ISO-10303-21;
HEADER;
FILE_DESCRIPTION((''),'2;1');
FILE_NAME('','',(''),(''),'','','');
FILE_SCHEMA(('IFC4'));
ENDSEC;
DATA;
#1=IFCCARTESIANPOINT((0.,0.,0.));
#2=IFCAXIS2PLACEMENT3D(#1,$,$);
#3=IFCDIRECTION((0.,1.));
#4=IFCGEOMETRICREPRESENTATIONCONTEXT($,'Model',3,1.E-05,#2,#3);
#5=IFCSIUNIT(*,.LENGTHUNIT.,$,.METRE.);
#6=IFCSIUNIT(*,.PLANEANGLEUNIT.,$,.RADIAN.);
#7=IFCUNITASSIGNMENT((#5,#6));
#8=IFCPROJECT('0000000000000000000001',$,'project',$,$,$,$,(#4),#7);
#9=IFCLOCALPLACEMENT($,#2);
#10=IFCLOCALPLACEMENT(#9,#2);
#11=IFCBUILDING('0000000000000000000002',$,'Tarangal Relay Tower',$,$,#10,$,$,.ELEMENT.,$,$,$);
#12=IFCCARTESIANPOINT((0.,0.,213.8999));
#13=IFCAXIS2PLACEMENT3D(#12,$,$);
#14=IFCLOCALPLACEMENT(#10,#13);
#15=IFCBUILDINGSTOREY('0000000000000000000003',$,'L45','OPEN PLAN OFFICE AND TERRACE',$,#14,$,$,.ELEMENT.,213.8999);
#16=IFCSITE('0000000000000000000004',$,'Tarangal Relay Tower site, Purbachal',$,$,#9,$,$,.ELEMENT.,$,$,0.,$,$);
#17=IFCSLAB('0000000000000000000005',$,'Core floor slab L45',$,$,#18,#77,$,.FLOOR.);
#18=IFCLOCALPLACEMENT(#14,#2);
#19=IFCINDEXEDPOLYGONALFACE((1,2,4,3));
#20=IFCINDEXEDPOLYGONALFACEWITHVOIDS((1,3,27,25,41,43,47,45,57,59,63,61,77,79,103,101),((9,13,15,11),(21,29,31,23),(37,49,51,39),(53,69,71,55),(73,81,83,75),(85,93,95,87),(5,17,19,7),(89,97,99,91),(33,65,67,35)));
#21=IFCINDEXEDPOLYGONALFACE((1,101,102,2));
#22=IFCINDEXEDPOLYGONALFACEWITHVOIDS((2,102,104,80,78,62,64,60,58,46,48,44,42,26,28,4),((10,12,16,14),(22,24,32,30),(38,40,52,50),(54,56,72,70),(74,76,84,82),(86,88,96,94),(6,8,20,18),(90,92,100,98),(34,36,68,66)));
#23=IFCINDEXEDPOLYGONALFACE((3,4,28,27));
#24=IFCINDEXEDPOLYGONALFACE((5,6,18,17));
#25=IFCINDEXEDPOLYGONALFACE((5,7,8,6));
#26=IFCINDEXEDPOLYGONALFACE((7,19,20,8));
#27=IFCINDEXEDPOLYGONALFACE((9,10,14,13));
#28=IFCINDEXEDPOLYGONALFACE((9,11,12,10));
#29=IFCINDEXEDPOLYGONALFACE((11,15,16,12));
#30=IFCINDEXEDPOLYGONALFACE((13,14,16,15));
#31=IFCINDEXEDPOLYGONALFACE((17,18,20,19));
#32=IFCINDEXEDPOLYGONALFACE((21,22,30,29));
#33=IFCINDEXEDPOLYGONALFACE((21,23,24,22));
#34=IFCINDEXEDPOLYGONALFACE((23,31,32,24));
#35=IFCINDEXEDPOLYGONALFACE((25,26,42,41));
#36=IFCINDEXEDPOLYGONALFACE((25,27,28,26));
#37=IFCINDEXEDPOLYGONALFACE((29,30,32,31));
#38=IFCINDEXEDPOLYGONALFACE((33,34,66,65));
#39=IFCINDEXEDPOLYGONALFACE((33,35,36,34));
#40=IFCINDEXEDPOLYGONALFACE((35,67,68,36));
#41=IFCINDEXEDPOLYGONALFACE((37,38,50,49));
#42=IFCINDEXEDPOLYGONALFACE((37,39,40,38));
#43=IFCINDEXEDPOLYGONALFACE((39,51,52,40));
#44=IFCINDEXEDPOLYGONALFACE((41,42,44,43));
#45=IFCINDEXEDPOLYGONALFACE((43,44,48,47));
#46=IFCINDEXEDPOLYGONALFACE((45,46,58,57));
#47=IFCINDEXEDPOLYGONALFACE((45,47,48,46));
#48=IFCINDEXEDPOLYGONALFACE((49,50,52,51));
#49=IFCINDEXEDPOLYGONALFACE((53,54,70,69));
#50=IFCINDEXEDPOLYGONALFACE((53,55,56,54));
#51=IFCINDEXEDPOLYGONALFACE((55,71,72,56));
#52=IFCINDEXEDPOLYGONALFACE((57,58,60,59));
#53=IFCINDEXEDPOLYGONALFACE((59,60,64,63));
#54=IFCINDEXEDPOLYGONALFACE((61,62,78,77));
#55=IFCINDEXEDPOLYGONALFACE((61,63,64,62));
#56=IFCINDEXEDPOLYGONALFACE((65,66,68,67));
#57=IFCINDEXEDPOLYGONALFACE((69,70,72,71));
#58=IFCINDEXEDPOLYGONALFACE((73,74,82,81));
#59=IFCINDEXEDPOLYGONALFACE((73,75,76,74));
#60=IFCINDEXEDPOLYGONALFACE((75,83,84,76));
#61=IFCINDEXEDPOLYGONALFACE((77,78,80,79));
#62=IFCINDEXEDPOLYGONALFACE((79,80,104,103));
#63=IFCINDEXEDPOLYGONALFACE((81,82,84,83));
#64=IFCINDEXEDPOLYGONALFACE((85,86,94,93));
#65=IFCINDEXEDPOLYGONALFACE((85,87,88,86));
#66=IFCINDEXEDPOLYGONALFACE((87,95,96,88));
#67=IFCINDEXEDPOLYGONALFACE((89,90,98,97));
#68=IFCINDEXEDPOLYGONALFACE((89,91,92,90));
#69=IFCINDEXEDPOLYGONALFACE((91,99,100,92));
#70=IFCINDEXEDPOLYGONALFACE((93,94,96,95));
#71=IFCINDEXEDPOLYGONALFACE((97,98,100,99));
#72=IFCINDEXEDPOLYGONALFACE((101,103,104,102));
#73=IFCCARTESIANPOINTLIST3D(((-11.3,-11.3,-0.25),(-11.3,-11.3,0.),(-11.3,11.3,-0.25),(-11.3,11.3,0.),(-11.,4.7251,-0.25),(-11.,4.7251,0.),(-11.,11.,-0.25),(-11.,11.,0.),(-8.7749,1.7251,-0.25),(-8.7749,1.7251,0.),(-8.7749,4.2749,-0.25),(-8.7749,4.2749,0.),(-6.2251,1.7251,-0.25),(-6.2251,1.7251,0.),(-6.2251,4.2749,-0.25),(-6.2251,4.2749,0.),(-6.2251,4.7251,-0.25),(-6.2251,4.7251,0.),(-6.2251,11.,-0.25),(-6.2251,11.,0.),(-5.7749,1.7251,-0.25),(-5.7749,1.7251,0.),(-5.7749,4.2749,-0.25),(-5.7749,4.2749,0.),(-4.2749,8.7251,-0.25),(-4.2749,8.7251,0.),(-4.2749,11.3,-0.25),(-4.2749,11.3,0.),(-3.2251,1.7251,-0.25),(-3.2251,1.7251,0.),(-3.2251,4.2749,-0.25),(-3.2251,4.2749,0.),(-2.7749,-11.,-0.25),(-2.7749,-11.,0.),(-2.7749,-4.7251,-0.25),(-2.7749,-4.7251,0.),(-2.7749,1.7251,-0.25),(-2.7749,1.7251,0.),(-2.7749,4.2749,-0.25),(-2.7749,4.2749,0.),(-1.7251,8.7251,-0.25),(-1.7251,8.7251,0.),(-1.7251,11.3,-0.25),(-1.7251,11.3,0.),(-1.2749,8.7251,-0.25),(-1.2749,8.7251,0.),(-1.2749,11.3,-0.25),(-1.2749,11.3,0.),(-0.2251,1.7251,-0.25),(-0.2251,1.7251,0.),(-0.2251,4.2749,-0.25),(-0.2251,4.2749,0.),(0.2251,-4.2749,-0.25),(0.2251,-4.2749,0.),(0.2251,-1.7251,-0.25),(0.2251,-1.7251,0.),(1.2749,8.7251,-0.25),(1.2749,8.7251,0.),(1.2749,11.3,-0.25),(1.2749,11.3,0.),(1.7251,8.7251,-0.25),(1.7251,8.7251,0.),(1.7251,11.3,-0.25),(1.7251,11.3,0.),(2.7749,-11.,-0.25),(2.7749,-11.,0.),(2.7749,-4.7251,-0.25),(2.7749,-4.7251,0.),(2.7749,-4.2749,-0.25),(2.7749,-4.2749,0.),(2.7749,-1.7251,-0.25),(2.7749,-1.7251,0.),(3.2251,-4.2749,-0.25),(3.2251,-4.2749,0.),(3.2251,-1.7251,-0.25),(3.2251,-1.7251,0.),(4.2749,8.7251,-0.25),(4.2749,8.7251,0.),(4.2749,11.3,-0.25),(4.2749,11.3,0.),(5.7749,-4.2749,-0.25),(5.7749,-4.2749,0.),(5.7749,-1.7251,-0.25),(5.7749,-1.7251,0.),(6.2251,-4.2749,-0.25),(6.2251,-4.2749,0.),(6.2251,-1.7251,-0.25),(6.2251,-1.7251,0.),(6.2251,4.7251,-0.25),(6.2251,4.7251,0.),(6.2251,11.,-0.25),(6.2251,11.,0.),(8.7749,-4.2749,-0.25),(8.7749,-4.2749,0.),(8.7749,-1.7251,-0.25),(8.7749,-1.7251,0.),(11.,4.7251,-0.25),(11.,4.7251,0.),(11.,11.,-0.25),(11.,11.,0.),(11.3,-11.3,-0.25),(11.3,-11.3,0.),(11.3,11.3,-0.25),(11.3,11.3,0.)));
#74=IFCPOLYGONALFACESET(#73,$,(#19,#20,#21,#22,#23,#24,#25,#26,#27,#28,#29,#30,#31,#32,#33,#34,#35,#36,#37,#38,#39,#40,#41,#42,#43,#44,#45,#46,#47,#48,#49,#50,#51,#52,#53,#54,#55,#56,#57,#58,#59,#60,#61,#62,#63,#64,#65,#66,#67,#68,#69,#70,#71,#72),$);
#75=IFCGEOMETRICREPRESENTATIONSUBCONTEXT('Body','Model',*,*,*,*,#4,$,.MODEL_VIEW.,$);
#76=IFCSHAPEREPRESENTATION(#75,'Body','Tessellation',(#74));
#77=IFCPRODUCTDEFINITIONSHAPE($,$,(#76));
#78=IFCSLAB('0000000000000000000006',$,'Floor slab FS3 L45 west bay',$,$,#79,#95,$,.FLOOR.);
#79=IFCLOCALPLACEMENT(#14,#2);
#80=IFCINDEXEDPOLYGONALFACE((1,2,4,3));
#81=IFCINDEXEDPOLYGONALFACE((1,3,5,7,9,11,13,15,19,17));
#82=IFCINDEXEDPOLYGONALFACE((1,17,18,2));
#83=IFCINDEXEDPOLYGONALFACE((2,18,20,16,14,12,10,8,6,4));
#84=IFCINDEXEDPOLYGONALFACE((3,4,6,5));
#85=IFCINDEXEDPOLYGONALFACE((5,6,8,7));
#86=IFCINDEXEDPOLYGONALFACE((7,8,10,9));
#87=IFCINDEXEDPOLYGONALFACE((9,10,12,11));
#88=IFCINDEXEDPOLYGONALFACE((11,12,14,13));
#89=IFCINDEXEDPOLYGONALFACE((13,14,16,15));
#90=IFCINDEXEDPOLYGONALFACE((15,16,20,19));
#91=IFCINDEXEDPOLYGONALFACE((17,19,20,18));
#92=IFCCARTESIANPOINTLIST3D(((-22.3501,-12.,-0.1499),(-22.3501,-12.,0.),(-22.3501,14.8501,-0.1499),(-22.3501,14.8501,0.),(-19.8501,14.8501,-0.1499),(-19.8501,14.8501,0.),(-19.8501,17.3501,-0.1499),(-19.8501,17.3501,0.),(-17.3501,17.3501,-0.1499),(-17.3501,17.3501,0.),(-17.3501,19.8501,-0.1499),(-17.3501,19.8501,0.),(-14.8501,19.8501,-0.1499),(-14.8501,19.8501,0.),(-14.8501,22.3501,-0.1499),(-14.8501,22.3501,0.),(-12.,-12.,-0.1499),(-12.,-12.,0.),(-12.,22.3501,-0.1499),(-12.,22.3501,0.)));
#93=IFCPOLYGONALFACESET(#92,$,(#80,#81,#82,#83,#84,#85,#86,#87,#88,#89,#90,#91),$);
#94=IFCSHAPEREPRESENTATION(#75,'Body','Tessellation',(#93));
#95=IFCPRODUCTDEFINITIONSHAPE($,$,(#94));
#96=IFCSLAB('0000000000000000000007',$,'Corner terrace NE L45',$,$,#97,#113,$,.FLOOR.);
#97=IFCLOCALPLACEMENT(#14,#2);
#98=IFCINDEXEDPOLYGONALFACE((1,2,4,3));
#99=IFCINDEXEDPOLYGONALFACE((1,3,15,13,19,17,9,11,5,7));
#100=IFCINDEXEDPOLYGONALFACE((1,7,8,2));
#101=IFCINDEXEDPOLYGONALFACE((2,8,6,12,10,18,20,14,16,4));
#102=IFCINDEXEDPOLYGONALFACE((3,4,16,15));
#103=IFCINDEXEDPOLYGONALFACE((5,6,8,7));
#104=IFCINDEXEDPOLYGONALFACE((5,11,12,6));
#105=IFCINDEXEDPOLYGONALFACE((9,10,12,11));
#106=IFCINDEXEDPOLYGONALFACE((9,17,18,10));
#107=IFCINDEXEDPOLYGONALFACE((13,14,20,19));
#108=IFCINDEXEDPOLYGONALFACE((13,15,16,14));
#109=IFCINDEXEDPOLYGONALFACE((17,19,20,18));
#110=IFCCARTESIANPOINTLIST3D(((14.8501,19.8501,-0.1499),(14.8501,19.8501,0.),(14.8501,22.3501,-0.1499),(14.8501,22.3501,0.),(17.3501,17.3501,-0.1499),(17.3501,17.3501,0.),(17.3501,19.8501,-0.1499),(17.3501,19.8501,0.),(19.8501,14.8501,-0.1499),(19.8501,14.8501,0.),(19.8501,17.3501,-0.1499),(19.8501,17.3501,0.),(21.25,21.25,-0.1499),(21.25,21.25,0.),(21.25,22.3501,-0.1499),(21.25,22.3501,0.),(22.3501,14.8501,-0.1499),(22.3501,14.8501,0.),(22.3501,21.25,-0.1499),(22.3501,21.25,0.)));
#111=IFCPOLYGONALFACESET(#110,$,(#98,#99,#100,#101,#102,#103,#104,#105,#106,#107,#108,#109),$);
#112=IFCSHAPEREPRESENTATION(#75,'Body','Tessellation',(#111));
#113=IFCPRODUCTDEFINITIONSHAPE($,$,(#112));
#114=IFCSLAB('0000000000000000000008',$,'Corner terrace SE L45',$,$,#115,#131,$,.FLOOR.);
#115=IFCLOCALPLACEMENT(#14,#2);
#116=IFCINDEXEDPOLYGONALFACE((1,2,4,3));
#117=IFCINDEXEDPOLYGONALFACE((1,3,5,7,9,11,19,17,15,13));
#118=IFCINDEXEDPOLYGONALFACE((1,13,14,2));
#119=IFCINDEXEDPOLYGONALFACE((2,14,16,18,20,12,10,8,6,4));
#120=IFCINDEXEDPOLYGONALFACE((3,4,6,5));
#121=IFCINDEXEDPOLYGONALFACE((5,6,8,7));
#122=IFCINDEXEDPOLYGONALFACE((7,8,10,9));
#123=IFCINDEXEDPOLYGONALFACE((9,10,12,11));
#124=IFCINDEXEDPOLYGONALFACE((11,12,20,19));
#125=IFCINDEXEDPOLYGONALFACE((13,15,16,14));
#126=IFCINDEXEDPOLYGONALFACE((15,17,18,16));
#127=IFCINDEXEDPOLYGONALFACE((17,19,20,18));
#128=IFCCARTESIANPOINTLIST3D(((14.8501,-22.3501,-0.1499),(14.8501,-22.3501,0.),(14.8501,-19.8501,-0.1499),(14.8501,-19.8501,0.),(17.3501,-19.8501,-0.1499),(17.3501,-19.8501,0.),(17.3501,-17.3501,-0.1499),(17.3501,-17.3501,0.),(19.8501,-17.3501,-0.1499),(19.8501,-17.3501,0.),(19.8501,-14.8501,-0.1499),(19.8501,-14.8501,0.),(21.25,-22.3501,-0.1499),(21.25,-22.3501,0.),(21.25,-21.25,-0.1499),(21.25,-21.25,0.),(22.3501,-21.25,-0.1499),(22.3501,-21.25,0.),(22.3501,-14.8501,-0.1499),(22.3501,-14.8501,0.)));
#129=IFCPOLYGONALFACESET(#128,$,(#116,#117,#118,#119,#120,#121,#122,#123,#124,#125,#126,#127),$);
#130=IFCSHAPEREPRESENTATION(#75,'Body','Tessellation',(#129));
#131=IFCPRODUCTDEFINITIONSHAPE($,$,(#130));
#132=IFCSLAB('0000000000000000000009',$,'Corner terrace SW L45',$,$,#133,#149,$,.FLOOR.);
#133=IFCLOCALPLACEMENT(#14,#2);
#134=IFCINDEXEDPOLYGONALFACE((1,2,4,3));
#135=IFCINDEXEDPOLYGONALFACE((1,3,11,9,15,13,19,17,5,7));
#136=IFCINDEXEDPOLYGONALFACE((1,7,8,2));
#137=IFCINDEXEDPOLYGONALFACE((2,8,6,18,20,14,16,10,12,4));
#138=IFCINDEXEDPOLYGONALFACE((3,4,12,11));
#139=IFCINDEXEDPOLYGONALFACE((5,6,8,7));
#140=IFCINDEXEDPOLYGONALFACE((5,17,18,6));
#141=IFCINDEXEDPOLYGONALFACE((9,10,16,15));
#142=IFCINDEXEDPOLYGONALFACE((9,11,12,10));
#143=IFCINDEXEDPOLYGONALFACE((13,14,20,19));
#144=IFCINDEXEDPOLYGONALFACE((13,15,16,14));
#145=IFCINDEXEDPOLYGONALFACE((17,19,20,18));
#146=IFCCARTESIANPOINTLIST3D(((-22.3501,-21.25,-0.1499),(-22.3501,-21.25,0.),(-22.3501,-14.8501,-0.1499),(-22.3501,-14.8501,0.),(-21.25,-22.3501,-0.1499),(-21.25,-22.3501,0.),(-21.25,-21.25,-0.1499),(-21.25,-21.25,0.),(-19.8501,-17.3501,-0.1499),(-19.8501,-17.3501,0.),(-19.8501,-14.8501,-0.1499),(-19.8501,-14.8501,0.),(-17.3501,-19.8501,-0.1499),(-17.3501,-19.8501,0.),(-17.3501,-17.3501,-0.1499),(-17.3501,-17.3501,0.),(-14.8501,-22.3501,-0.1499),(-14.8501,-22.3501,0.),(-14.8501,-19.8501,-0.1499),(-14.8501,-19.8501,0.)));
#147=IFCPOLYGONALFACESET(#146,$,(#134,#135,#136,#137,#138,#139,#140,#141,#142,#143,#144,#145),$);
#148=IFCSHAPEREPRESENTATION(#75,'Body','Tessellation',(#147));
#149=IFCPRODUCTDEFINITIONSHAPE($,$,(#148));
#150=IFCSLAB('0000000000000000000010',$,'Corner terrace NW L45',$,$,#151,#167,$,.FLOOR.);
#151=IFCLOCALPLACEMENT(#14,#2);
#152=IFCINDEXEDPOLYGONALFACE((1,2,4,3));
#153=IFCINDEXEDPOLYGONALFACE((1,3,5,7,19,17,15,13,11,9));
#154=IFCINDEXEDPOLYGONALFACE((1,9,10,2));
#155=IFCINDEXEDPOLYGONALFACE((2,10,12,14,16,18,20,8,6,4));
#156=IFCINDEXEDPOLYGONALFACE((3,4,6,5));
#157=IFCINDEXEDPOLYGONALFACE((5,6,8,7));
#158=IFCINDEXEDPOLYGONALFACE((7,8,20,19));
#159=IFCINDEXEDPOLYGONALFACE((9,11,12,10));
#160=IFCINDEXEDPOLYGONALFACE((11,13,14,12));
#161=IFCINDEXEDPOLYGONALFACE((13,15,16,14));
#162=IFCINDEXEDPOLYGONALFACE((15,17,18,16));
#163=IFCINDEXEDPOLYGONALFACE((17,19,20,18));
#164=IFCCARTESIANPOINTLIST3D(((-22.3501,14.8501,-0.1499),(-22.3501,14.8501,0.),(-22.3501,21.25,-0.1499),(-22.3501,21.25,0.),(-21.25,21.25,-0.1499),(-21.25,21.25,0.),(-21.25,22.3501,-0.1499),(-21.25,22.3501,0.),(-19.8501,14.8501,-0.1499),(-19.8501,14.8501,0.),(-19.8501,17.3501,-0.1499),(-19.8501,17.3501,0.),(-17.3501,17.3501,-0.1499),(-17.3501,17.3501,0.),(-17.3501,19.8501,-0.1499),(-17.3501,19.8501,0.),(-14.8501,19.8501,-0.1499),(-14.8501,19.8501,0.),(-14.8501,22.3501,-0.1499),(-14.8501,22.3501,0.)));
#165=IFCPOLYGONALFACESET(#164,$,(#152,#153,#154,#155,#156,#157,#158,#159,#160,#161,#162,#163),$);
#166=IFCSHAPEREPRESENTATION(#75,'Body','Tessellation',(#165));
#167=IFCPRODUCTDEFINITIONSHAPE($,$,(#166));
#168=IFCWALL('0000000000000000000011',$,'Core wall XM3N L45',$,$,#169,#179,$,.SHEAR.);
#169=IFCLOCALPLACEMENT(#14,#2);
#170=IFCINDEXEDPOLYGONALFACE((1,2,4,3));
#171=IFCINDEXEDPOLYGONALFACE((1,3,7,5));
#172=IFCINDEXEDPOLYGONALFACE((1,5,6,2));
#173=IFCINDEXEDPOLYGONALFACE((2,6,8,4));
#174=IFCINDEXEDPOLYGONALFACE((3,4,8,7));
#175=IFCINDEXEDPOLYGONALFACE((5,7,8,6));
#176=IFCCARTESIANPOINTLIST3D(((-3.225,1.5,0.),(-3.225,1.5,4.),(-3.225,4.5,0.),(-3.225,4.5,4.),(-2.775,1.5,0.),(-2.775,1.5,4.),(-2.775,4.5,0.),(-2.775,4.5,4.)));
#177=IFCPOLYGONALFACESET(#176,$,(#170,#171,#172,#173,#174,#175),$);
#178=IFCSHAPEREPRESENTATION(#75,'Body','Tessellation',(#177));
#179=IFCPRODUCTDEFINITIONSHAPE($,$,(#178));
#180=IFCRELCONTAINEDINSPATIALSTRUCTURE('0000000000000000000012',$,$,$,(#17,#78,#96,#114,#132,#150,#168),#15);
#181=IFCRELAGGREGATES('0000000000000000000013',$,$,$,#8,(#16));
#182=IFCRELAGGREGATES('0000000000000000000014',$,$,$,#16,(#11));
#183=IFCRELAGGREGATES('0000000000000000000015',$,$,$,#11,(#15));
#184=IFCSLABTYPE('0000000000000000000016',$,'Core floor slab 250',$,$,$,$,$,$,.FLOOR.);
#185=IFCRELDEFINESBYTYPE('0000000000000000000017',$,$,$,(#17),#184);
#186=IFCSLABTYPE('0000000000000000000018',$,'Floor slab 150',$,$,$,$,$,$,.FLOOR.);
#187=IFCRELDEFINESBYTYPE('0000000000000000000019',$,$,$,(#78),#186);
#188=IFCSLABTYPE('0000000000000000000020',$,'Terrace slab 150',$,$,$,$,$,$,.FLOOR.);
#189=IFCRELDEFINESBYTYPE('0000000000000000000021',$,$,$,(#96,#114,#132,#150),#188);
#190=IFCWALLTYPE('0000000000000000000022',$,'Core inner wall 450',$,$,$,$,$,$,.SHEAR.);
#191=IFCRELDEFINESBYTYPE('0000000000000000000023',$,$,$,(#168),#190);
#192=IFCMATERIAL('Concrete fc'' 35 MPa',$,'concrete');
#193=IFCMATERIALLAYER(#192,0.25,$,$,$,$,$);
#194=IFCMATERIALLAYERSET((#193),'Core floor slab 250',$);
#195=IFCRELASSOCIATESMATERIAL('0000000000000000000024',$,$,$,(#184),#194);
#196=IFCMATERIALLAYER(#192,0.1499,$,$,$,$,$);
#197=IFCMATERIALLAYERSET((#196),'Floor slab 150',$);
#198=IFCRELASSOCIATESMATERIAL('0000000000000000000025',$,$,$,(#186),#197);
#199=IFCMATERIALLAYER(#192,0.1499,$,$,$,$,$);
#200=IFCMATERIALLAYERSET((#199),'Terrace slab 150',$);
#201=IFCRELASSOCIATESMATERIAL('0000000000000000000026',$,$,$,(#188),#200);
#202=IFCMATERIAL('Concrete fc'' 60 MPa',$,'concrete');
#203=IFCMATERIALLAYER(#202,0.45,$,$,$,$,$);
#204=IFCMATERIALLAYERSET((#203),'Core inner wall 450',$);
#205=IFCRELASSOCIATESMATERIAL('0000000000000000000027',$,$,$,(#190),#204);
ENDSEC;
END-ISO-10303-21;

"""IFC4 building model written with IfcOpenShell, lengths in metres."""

from ifc_helpers import new_model, si_unit, direction, frame, frame_2d, origin, place, context, subcontext, project, spatial, polyline, rectangle, outline, extrude, material, layer, layer_set, type_object, element, save


model = new_model("IFC4")

# Units and contexts
model_context = context("Model", 3, precision=1e-05, world=origin(), true_north=direction((0.0, 1.0)))
body_context = subcontext(model_context, "Body", "Model", "MODEL_VIEW")
ifc_project = project(units=[si_unit("LENGTHUNIT", "METRE"), si_unit("PLANEANGLEUNIT", "RADIAN")], contexts=[model_context])

# Site, building, storey
site_placement = place(None, origin())
site = spatial("IfcSite", under=ifc_project, at=site_placement, Name="Tarangal Relay Tower site, Purbachal", CompositionType="ELEMENT", RefElevation=0.0)
building_placement = place(site_placement, origin())
building = spatial("IfcBuilding", under=site, at=building_placement, Name="Tarangal Relay Tower", CompositionType="ELEMENT")
storey_placement = place(building_placement, frame((0.0, 0.0, 213.8999)))
storey = spatial("IfcBuildingStorey", under=building, at=storey_placement, Name="L45", Description="OPEN PLAN OFFICE AND TERRACE", CompositionType="ELEMENT", Elevation=213.8999)

# Slabs
ifc_material_1 = material(Name="Concrete fc' 35 MPa", Category="concrete")
ifc_layer_1 = layer(ifc_material_1, 0.25)
ifc_layer_set_1 = layer_set([ifc_layer_1], Name="Core floor slab 250")
slab_type_1 = type_object("IfcSlabType", Name="Core floor slab 250", PredefinedType="FLOOR", material=ifc_layer_set_1)
slab_1_placement = place(storey_placement, frame((0.0, 0.0, -0.25)))
element("IfcSlab", 1, at=slab_1_placement, inside=storey, type_object=slab_type_1, Name="Core floor slab L45", PredefinedType="FLOOR", context=body_context, shape_type="SweptSolid", body=[
    extrude(outline(polyline([(11.3, 11.3), (11.3, -11.3), (-11.3, -11.3), (-11.3, 11.3), (-4.2749, 11.3), (-4.2749, 8.7251), (-1.7251, 8.7251), (-1.7251, 11.3), (-1.2749, 11.3), (-1.2749, 8.7251), (1.2749, 8.7251), (1.2749, 11.3), (1.7251, 11.3), (1.7251, 8.7251), (4.2749, 8.7251), (4.2749, 11.3), (11.3, 11.3)]), holes=[polyline([(-6.2251, 4.2749), (-8.7749, 4.2749), (-8.7749, 1.7251), (-6.2251, 1.7251), (-6.2251, 4.2749)]), polyline([(-3.2251, 1.7251), (-3.2251, 4.2749), (-5.7749, 4.2749), (-5.7749, 1.7251), (-3.2251, 1.7251)]), polyline([(-0.2251, 1.7251), (-0.2251, 4.2749), (-2.7749, 4.2749), (-2.7749, 1.7251), (-0.2251, 1.7251)]), polyline([(-6.2251, 11.0), (-11.0, 11.0), (-11.0, 4.7251), (-6.2251, 4.7251), (-6.2251, 11.0)]), polyline([(2.7749, -4.7251), (-2.7749, -4.7251), (-2.7749, -11.0), (2.7749, -11.0), (2.7749, -4.7251)]), polyline([(2.7749, -4.2749), (2.7749, -1.7251), (0.2251, -1.7251), (0.2251, -4.2749), (2.7749, -4.2749)]), polyline([(5.7749, -4.2749), (5.7749, -1.7251), (3.2251, -1.7251), (3.2251, -4.2749), (5.7749, -4.2749)]), polyline([(8.7749, -1.7251), (6.2251, -1.7251), (6.2251, -4.2749), (8.7749, -4.2749), (8.7749, -1.7251)]), polyline([(11.0, 4.7251), (11.0, 11.0), (6.2251, 11.0), (6.2251, 4.7251), (11.0, 4.7251)])]), origin(), (0.0, 0.0, 1.0), 0.25),
])
ifc_layer_2 = layer(ifc_material_1, 0.1499)
ifc_layer_set_2 = layer_set([ifc_layer_2], Name="Floor slab 150")
slab_type_2 = type_object("IfcSlabType", Name="Floor slab 150", PredefinedType="FLOOR", material=ifc_layer_set_2)
slab_2_placement = place(storey_placement, frame((0.0, 0.0, -0.1499)))
element("IfcSlab", 2, at=slab_2_placement, inside=storey, type_object=slab_type_2, Name="Floor slab FS3 L45 west bay", PredefinedType="FLOOR", context=body_context, shape_type="SweptSolid", body=[
    extrude(outline(polyline([(-12.0, 22.3501), (-12.0, -12.0), (-22.3501, -12.0), (-22.3501, 14.8501), (-19.8501, 14.8501), (-19.8501, 17.3501), (-17.3501, 17.3501), (-17.3501, 19.8501), (-14.8501, 19.8501), (-14.8501, 22.3501), (-12.0, 22.3501)])), origin(), (0.0, 0.0, 1.0), 0.1499),
])
ifc_layer_3 = layer(ifc_material_1, 0.1499)
ifc_layer_set_3 = layer_set([ifc_layer_3], Name="Terrace slab 150")
slab_type_3 = type_object("IfcSlabType", Name="Terrace slab 150", PredefinedType="FLOOR", material=ifc_layer_set_3)
slab_3_placement = place(storey_placement, frame((0.0, 0.0, -0.1499)))
element("IfcSlab", 3, at=slab_3_placement, inside=storey, type_object=slab_type_3, Name="Corner terrace NE L45", PredefinedType="FLOOR", context=body_context, shape_type="SweptSolid", body=[
    extrude(outline(polyline([(14.8501, 22.3501), (14.8501, 19.8501), (17.3501, 19.8501), (17.3501, 17.3501), (19.8501, 17.3501), (19.8501, 14.8501), (22.3501, 14.8501), (22.3501, 21.25), (21.25, 21.25), (21.25, 22.3501), (14.8501, 22.3501)])), origin(), (0.0, 0.0, 1.0), 0.1499),
])
slab_4_placement = place(storey_placement, frame((0.0, 0.0, -0.1499)))
element("IfcSlab", 4, at=slab_4_placement, inside=storey, type_object=slab_type_3, Name="Corner terrace SE L45", PredefinedType="FLOOR", context=body_context, shape_type="SweptSolid", body=[
    extrude(outline(polyline([(22.3501, -14.8501), (19.8501, -14.8501), (19.8501, -17.3501), (17.3501, -17.3501), (17.3501, -19.8501), (14.8501, -19.8501), (14.8501, -22.3501), (21.25, -22.3501), (21.25, -21.25), (22.3501, -21.25), (22.3501, -14.8501)])), origin(), (0.0, 0.0, 1.0), 0.1499),
])
slab_5_placement = place(storey_placement, frame((0.0, 0.0, -0.1499)))
element("IfcSlab", 5, at=slab_5_placement, inside=storey, type_object=slab_type_3, Name="Corner terrace SW L45", PredefinedType="FLOOR", context=body_context, shape_type="SweptSolid", body=[
    extrude(outline(polyline([(-14.8501, -22.3501), (-14.8501, -19.8501), (-17.3501, -19.8501), (-17.3501, -17.3501), (-19.8501, -17.3501), (-19.8501, -14.8501), (-22.3501, -14.8501), (-22.3501, -21.25), (-21.25, -21.25), (-21.25, -22.3501), (-14.8501, -22.3501)])), origin(), (0.0, 0.0, 1.0), 0.1499),
])
slab_6_placement = place(storey_placement, frame((0.0, 0.0, -0.1499)))
element("IfcSlab", 6, at=slab_6_placement, inside=storey, type_object=slab_type_3, Name="Corner terrace NW L45", PredefinedType="FLOOR", context=body_context, shape_type="SweptSolid", body=[
    extrude(outline(polyline([(-22.3501, 14.8501), (-19.8501, 14.8501), (-19.8501, 17.3501), (-17.3501, 17.3501), (-17.3501, 19.8501), (-14.8501, 19.8501), (-14.8501, 22.3501), (-21.25, 22.3501), (-21.25, 21.25), (-22.3501, 21.25), (-22.3501, 14.8501)])), origin(), (0.0, 0.0, 1.0), 0.1499),
])

# Shared definitions
ifc_material_2 = material(Name="Concrete fc' 60 MPa", Category="concrete")
ifc_layer_4 = layer(ifc_material_2, 0.45)
ifc_layer_set_4 = layer_set([ifc_layer_4], Name="Core inner wall 450")
wall_type = type_object("IfcWallType", Name="Core inner wall 450", PredefinedType="SHEAR", material=ifc_layer_set_4)

# Wall
for number, where, z_axis, x_axis, name in (
    (7, (-3.0, 1.5, 0.0), (0.0, 0.0, 1.0), (0.0, 1.0, 0.0), "Core wall XM3N L45"),
):
    element("IfcWall", number, at=place(storey_placement, frame(where, z_axis=z_axis, x_axis=x_axis)), inside=storey, type_object=wall_type, Name=name, PredefinedType="SHEAR", context=body_context, shape_type="SweptSolid", body=[
        extrude(rectangle(XDim=3.0, YDim=0.45, at=frame_2d((1.5, 0.0))), origin(), (0.0, 0.0, 1.0), 4.0),
    ])

save(model, "model.ifc")
